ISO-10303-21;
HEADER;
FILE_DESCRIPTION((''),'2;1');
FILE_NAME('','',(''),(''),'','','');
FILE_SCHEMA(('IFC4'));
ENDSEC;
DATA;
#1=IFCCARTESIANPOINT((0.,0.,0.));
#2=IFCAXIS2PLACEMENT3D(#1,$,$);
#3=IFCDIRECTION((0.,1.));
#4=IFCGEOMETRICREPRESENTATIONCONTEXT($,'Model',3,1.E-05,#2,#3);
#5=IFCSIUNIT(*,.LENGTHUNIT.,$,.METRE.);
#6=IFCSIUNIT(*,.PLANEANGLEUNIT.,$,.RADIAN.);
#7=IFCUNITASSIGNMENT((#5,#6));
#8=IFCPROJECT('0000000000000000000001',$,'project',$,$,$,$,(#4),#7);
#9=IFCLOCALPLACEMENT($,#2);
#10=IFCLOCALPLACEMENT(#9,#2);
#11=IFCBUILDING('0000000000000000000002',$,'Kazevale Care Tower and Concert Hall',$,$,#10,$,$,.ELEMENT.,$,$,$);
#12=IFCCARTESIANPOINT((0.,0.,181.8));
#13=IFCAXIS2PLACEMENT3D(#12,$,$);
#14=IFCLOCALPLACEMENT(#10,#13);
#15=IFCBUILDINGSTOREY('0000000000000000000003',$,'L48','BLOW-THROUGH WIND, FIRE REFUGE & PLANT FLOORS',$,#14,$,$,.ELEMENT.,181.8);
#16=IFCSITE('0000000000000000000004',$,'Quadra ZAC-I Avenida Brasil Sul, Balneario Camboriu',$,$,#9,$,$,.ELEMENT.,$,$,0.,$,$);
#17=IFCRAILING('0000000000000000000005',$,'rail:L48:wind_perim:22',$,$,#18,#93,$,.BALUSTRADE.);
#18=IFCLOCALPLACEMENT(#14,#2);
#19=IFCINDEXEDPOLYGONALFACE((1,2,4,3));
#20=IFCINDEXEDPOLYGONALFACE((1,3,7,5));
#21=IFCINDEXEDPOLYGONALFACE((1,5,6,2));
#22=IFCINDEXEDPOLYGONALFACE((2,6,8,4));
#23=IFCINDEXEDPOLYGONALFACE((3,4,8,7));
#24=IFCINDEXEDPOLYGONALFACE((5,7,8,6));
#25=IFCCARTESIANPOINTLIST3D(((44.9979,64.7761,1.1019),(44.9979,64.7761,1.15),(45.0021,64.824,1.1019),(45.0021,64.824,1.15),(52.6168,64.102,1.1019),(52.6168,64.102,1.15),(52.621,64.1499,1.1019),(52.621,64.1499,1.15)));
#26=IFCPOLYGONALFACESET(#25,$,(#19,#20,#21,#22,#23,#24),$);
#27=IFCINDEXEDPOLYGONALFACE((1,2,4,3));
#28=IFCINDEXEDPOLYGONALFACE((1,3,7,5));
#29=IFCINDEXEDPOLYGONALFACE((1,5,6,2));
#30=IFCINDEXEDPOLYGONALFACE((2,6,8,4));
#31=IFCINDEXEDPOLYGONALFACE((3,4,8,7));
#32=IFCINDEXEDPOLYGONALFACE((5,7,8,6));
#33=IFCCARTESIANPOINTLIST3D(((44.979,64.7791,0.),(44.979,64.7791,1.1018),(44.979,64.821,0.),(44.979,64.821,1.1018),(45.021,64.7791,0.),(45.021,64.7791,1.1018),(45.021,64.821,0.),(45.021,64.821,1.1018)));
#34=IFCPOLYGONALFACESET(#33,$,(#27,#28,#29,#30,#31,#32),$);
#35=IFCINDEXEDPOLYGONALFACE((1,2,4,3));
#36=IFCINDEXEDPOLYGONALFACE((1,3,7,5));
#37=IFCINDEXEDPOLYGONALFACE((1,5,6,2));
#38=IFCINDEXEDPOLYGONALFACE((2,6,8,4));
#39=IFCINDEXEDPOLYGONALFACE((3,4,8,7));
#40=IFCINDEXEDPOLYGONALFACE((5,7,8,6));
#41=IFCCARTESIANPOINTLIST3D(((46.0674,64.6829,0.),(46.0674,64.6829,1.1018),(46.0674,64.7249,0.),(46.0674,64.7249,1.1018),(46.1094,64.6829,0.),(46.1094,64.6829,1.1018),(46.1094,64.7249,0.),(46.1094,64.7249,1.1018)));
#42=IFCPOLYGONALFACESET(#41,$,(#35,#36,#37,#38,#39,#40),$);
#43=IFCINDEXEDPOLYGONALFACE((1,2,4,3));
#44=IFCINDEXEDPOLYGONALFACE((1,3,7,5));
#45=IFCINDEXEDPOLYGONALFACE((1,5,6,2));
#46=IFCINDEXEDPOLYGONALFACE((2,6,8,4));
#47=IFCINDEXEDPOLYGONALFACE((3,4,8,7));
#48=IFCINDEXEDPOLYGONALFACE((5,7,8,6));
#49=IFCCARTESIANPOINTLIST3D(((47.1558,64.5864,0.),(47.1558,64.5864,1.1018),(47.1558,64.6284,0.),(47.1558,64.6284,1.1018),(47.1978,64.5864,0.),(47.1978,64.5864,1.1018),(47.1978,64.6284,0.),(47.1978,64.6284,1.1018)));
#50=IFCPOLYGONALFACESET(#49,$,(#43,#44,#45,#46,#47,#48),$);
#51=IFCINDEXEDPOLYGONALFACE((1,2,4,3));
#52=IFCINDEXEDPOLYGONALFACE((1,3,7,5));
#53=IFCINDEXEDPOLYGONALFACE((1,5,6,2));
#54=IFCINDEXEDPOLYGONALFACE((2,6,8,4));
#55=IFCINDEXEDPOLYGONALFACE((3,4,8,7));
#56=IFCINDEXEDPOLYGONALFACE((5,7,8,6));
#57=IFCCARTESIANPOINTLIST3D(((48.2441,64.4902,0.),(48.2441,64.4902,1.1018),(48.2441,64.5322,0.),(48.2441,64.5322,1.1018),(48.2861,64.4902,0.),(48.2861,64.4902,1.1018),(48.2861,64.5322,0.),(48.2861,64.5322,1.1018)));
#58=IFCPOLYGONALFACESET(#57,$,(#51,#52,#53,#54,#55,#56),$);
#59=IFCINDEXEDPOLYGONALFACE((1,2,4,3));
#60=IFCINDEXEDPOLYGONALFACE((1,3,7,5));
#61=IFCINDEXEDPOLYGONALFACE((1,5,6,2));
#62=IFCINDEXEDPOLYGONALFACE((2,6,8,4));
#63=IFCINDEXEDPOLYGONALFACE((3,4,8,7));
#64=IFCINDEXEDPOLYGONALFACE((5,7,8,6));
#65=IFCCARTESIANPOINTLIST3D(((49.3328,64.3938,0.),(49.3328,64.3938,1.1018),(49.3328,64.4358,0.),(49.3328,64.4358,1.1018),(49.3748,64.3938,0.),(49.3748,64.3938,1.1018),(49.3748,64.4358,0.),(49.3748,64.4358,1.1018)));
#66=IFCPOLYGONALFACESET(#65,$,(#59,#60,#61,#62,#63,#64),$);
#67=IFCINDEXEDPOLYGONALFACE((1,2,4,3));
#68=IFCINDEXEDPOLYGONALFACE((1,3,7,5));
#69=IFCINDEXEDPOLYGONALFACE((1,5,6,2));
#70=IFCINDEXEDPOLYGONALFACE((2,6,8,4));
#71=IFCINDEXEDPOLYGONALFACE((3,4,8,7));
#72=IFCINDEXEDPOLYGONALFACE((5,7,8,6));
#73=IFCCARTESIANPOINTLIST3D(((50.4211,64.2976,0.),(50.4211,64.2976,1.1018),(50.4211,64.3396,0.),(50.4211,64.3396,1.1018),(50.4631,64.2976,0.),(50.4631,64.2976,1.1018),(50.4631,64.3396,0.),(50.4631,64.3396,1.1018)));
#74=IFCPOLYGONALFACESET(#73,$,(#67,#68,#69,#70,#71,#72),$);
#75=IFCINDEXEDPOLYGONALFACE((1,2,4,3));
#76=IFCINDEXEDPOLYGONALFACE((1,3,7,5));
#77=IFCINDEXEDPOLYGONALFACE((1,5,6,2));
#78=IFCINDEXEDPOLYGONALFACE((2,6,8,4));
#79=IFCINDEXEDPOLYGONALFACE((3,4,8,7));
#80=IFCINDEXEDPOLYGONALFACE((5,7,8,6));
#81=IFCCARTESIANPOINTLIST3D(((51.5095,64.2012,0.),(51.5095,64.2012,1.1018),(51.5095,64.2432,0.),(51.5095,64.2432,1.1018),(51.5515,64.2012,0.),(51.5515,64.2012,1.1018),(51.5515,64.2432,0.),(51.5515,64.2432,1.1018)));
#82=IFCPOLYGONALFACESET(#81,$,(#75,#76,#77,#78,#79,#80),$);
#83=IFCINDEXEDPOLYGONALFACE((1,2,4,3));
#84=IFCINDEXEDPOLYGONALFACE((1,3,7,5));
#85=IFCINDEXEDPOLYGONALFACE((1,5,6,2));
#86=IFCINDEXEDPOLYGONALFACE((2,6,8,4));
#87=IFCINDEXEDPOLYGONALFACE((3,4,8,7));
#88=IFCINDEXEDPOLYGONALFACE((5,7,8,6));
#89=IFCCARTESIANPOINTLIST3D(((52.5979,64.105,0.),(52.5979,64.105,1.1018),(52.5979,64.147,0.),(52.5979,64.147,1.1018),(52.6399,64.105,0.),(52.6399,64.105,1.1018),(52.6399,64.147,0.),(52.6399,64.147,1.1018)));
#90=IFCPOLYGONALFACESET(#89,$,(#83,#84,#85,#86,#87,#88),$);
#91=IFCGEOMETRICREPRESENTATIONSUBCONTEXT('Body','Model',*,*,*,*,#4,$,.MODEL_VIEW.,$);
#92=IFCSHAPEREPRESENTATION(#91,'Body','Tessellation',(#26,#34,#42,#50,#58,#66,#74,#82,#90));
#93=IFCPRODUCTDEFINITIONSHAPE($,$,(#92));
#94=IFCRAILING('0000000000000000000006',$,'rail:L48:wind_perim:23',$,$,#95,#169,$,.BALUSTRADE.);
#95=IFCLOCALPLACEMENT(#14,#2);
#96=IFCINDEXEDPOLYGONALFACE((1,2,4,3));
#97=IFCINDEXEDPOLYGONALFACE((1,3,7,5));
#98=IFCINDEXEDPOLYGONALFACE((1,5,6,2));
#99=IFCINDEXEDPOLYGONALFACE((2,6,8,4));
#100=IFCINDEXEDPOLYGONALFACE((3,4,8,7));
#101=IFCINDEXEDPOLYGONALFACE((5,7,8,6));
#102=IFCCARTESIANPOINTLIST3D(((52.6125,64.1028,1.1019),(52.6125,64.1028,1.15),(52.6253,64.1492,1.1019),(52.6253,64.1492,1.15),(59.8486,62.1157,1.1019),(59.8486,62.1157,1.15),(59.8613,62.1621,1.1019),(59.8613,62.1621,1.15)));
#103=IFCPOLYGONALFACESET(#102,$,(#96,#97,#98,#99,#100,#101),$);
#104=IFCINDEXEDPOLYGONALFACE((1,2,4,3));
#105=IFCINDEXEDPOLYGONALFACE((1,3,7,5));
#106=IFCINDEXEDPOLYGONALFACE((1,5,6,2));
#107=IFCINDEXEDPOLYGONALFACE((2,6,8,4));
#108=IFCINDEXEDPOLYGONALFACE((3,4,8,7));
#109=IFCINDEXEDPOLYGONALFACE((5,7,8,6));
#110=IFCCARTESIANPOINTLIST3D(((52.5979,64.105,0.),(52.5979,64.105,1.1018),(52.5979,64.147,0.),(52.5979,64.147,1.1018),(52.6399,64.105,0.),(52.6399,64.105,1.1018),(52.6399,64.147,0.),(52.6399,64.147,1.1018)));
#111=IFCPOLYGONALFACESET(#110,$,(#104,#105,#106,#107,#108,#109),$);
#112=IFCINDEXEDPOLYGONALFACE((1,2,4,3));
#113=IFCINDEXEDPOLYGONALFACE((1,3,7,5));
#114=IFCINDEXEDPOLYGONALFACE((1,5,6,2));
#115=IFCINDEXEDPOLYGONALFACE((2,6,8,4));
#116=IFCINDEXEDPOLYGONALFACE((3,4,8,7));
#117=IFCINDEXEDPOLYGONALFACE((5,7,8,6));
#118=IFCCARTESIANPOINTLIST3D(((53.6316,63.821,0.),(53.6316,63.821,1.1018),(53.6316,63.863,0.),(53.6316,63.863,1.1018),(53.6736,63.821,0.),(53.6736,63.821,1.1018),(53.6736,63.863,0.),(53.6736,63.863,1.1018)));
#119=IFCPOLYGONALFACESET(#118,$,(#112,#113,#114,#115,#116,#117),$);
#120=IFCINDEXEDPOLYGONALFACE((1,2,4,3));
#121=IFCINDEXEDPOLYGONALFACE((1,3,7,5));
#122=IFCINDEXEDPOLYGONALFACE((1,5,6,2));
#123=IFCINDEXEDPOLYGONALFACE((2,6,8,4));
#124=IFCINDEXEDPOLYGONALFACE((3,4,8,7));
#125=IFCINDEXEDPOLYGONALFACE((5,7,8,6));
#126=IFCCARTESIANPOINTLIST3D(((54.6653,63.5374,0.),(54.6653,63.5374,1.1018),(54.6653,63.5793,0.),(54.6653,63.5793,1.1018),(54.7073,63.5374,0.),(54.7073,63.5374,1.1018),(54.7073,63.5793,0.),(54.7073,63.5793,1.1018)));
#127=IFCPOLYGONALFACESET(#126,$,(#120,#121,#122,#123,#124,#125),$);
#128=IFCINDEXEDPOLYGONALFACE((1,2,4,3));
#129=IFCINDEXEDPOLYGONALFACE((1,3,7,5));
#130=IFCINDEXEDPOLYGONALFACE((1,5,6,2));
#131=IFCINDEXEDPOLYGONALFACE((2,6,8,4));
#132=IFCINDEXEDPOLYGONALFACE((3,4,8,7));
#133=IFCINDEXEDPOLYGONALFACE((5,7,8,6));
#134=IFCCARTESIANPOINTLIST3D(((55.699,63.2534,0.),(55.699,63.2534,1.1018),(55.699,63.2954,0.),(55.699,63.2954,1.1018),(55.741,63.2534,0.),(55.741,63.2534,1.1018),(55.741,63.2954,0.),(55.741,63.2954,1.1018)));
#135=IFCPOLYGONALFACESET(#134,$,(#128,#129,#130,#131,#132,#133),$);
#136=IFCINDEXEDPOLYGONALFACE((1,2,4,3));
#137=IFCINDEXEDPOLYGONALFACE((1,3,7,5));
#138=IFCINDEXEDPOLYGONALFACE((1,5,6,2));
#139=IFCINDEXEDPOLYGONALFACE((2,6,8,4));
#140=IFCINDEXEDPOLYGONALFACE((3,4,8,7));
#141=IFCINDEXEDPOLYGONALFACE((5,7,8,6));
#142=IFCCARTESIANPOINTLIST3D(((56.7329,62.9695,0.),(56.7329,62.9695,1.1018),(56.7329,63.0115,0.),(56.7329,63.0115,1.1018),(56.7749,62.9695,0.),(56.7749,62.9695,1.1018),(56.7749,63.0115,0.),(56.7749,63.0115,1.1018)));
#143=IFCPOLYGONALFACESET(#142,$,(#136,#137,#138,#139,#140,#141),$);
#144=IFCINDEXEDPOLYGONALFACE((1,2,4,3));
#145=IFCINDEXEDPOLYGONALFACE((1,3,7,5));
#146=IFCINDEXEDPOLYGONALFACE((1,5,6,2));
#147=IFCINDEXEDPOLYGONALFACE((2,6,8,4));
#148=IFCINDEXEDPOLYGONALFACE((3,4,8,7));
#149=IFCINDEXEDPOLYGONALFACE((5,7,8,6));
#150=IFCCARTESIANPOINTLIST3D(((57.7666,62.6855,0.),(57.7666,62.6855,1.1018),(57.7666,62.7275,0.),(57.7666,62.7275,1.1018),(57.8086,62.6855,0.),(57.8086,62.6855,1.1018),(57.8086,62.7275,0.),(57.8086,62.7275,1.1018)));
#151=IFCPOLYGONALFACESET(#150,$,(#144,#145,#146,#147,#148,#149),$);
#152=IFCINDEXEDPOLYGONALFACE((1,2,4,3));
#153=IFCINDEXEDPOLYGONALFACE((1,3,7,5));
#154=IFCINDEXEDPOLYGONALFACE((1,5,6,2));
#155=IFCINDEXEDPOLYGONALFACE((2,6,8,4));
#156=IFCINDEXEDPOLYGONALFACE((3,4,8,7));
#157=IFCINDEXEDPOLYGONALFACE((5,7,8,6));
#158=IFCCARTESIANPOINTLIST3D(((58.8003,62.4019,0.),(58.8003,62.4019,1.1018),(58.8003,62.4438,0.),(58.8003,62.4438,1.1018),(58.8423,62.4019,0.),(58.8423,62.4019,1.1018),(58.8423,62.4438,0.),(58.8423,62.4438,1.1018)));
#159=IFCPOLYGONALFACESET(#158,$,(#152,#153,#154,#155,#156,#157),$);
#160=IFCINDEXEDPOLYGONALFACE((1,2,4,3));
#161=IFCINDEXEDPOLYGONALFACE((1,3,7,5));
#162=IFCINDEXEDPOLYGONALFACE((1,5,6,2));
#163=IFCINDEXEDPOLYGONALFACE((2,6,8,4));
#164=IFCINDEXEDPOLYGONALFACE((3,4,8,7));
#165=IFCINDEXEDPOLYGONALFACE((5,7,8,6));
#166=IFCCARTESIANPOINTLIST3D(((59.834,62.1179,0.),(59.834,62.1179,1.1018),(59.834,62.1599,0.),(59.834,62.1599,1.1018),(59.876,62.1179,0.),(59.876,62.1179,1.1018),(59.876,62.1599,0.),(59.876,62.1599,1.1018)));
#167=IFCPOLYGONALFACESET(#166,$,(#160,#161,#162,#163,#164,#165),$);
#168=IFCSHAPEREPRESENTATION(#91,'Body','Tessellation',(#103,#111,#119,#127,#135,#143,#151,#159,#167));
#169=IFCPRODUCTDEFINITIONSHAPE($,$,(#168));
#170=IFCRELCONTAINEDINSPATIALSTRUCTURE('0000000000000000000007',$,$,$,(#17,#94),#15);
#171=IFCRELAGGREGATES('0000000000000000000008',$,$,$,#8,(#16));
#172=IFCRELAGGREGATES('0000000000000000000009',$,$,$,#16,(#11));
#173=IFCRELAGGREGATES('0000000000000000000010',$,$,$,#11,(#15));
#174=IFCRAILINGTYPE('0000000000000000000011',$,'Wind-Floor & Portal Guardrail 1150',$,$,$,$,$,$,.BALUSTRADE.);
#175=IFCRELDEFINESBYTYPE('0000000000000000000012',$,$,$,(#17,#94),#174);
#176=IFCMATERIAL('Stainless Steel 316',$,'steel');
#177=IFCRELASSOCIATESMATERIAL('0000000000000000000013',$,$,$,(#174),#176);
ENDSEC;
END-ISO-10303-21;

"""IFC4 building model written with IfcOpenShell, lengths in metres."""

from ifc_helpers import new_model, si_unit, direction, frame, origin, origin_2d, place, context, subcontext, project, spatial, rectangle, extrude, material, type_object, element, save


model = new_model("IFC4")

# Units and contexts
model_context = context("Model", 3, precision=1e-05, world=origin(), true_north=direction((0.0, 1.0)))
body_context = subcontext(model_context, "Body", "Model", "MODEL_VIEW")
ifc_project = project(units=[si_unit("LENGTHUNIT", "METRE"), si_unit("PLANEANGLEUNIT", "RADIAN")], contexts=[model_context])

# Site, building, storey
site_placement = place(None, origin())
site = spatial("IfcSite", under=ifc_project, at=site_placement, Name="Quadra ZAC-I Avenida Brasil Sul, Balneario Camboriu", CompositionType="ELEMENT", RefElevation=0.0)
building_placement = place(site_placement, origin())
building = spatial("IfcBuilding", under=site, at=building_placement, Name="Kazevale Care Tower and Concert Hall", CompositionType="ELEMENT")
storey_placement = place(building_placement, frame((0.0, 0.0, 181.8)))
storey = spatial("IfcBuildingStorey", under=building, at=storey_placement, Name="L48", Description="BLOW-THROUGH WIND, FIRE REFUGE & PLANT FLOORS", CompositionType="ELEMENT", Elevation=181.8)

# Railings
ifc_material_1 = material(Name="Stainless Steel 316", Category="steel")
railing_type = type_object("IfcRailingType", Name="Wind-Floor & Portal Guardrail 1150", PredefinedType="BALUSTRADE", material=ifc_material_1)
railing_1_placement = place(storey_placement, frame((45.0, 64.8, 0.0)))
element("IfcRailing", 1, at=railing_1_placement, inside=storey, type_object=railing_type, Name="rail:L48:wind_perim:22", PredefinedType="BALUSTRADE", context=body_context, shape_type="SweptSolid", body=[
    extrude(rectangle(XDim=0.0481, YDim=0.0481, at=origin_2d()), frame((0.0, 0.0, 1.126), z_axis=(0.996109, -0.088129, 0.0), x_axis=(0.088129, 0.996109, 0.0)), (0.0, 0.0, 1.0), 7.6487),
    extrude(rectangle(XDim=0.042, YDim=0.042, at=origin_2d()), origin(), (0.0, 0.0, 1.0), 1.1018),
    extrude(rectangle(XDim=0.042, YDim=0.042, at=origin_2d()), frame((1.0884, -0.0962, 0.0)), (0.0, 0.0, 1.0), 1.1018),
    extrude(rectangle(XDim=0.042, YDim=0.042, at=origin_2d()), frame((2.1768, -0.1926, 0.0)), (0.0, 0.0, 1.0), 1.1018),
    extrude(rectangle(XDim=0.042, YDim=0.042, at=origin_2d()), frame((3.2651, -0.2888, 0.0)), (0.0, 0.0, 1.0), 1.1018),
    extrude(rectangle(XDim=0.042, YDim=0.042, at=origin_2d()), frame((4.3538, -0.3853, 0.0)), (0.0, 0.0, 1.0), 1.1018),
    extrude(rectangle(XDim=0.042, YDim=0.042, at=origin_2d()), frame((5.4421, -0.4814, 0.0)), (0.0, 0.0, 1.0), 1.1018),
    extrude(rectangle(XDim=0.042, YDim=0.042, at=origin_2d()), frame((6.5305, -0.5779, 0.0)), (0.0, 0.0, 1.0), 1.1018),
    extrude(rectangle(XDim=0.042, YDim=0.042, at=origin_2d()), frame((7.6189, -0.6741, 0.0)), (0.0, 0.0, 1.0), 1.1018),
])
railing_2_placement = place(storey_placement, frame((52.6189, 64.126, 0.0)))
element("IfcRailing", 2, at=railing_2_placement, inside=storey, type_object=railing_type, Name="rail:L48:wind_perim:23", PredefinedType="BALUSTRADE", context=body_context, shape_type="SweptSolid", body=[
    extrude(rectangle(XDim=0.0481, YDim=0.0481, at=origin_2d()), frame((0.0, 0.0, 1.126), z_axis=(0.964303, -0.264802, 0.0), x_axis=(0.264802, 0.964303, 0.0)), (0.0, 0.0, 1.0), 7.5039),
    extrude(rectangle(XDim=0.042, YDim=0.042, at=origin_2d()), origin(), (0.0, 0.0, 1.0), 1.1018),
    extrude(rectangle(XDim=0.042, YDim=0.042, at=origin_2d()), frame((1.0337, -0.2839, 0.0)), (0.0, 0.0, 1.0), 1.1018),
    extrude(rectangle(XDim=0.042, YDim=0.042, at=origin_2d()), frame((2.0674, -0.5676, 0.0)), (0.0, 0.0, 1.0), 1.1018),
    extrude(rectangle(XDim=0.042, YDim=0.042, at=origin_2d()), frame((3.1011, -0.8516, 0.0)), (0.0, 0.0, 1.0), 1.1018),
    extrude(rectangle(XDim=0.042, YDim=0.042, at=origin_2d()), frame((4.135, -1.1355, 0.0)), (0.0, 0.0, 1.0), 1.1018),
    extrude(rectangle(XDim=0.042, YDim=0.042, at=origin_2d()), frame((5.1687, -1.4194, 0.0)), (0.0, 0.0, 1.0), 1.1018),
    extrude(rectangle(XDim=0.042, YDim=0.042, at=origin_2d()), frame((6.2024, -1.7031, 0.0)), (0.0, 0.0, 1.0), 1.1018),
    extrude(rectangle(XDim=0.042, YDim=0.042, at=origin_2d()), frame((7.2361, -1.9871, 0.0)), (0.0, 0.0, 1.0), 1.1018),
])

save(model, "model.ifc")
